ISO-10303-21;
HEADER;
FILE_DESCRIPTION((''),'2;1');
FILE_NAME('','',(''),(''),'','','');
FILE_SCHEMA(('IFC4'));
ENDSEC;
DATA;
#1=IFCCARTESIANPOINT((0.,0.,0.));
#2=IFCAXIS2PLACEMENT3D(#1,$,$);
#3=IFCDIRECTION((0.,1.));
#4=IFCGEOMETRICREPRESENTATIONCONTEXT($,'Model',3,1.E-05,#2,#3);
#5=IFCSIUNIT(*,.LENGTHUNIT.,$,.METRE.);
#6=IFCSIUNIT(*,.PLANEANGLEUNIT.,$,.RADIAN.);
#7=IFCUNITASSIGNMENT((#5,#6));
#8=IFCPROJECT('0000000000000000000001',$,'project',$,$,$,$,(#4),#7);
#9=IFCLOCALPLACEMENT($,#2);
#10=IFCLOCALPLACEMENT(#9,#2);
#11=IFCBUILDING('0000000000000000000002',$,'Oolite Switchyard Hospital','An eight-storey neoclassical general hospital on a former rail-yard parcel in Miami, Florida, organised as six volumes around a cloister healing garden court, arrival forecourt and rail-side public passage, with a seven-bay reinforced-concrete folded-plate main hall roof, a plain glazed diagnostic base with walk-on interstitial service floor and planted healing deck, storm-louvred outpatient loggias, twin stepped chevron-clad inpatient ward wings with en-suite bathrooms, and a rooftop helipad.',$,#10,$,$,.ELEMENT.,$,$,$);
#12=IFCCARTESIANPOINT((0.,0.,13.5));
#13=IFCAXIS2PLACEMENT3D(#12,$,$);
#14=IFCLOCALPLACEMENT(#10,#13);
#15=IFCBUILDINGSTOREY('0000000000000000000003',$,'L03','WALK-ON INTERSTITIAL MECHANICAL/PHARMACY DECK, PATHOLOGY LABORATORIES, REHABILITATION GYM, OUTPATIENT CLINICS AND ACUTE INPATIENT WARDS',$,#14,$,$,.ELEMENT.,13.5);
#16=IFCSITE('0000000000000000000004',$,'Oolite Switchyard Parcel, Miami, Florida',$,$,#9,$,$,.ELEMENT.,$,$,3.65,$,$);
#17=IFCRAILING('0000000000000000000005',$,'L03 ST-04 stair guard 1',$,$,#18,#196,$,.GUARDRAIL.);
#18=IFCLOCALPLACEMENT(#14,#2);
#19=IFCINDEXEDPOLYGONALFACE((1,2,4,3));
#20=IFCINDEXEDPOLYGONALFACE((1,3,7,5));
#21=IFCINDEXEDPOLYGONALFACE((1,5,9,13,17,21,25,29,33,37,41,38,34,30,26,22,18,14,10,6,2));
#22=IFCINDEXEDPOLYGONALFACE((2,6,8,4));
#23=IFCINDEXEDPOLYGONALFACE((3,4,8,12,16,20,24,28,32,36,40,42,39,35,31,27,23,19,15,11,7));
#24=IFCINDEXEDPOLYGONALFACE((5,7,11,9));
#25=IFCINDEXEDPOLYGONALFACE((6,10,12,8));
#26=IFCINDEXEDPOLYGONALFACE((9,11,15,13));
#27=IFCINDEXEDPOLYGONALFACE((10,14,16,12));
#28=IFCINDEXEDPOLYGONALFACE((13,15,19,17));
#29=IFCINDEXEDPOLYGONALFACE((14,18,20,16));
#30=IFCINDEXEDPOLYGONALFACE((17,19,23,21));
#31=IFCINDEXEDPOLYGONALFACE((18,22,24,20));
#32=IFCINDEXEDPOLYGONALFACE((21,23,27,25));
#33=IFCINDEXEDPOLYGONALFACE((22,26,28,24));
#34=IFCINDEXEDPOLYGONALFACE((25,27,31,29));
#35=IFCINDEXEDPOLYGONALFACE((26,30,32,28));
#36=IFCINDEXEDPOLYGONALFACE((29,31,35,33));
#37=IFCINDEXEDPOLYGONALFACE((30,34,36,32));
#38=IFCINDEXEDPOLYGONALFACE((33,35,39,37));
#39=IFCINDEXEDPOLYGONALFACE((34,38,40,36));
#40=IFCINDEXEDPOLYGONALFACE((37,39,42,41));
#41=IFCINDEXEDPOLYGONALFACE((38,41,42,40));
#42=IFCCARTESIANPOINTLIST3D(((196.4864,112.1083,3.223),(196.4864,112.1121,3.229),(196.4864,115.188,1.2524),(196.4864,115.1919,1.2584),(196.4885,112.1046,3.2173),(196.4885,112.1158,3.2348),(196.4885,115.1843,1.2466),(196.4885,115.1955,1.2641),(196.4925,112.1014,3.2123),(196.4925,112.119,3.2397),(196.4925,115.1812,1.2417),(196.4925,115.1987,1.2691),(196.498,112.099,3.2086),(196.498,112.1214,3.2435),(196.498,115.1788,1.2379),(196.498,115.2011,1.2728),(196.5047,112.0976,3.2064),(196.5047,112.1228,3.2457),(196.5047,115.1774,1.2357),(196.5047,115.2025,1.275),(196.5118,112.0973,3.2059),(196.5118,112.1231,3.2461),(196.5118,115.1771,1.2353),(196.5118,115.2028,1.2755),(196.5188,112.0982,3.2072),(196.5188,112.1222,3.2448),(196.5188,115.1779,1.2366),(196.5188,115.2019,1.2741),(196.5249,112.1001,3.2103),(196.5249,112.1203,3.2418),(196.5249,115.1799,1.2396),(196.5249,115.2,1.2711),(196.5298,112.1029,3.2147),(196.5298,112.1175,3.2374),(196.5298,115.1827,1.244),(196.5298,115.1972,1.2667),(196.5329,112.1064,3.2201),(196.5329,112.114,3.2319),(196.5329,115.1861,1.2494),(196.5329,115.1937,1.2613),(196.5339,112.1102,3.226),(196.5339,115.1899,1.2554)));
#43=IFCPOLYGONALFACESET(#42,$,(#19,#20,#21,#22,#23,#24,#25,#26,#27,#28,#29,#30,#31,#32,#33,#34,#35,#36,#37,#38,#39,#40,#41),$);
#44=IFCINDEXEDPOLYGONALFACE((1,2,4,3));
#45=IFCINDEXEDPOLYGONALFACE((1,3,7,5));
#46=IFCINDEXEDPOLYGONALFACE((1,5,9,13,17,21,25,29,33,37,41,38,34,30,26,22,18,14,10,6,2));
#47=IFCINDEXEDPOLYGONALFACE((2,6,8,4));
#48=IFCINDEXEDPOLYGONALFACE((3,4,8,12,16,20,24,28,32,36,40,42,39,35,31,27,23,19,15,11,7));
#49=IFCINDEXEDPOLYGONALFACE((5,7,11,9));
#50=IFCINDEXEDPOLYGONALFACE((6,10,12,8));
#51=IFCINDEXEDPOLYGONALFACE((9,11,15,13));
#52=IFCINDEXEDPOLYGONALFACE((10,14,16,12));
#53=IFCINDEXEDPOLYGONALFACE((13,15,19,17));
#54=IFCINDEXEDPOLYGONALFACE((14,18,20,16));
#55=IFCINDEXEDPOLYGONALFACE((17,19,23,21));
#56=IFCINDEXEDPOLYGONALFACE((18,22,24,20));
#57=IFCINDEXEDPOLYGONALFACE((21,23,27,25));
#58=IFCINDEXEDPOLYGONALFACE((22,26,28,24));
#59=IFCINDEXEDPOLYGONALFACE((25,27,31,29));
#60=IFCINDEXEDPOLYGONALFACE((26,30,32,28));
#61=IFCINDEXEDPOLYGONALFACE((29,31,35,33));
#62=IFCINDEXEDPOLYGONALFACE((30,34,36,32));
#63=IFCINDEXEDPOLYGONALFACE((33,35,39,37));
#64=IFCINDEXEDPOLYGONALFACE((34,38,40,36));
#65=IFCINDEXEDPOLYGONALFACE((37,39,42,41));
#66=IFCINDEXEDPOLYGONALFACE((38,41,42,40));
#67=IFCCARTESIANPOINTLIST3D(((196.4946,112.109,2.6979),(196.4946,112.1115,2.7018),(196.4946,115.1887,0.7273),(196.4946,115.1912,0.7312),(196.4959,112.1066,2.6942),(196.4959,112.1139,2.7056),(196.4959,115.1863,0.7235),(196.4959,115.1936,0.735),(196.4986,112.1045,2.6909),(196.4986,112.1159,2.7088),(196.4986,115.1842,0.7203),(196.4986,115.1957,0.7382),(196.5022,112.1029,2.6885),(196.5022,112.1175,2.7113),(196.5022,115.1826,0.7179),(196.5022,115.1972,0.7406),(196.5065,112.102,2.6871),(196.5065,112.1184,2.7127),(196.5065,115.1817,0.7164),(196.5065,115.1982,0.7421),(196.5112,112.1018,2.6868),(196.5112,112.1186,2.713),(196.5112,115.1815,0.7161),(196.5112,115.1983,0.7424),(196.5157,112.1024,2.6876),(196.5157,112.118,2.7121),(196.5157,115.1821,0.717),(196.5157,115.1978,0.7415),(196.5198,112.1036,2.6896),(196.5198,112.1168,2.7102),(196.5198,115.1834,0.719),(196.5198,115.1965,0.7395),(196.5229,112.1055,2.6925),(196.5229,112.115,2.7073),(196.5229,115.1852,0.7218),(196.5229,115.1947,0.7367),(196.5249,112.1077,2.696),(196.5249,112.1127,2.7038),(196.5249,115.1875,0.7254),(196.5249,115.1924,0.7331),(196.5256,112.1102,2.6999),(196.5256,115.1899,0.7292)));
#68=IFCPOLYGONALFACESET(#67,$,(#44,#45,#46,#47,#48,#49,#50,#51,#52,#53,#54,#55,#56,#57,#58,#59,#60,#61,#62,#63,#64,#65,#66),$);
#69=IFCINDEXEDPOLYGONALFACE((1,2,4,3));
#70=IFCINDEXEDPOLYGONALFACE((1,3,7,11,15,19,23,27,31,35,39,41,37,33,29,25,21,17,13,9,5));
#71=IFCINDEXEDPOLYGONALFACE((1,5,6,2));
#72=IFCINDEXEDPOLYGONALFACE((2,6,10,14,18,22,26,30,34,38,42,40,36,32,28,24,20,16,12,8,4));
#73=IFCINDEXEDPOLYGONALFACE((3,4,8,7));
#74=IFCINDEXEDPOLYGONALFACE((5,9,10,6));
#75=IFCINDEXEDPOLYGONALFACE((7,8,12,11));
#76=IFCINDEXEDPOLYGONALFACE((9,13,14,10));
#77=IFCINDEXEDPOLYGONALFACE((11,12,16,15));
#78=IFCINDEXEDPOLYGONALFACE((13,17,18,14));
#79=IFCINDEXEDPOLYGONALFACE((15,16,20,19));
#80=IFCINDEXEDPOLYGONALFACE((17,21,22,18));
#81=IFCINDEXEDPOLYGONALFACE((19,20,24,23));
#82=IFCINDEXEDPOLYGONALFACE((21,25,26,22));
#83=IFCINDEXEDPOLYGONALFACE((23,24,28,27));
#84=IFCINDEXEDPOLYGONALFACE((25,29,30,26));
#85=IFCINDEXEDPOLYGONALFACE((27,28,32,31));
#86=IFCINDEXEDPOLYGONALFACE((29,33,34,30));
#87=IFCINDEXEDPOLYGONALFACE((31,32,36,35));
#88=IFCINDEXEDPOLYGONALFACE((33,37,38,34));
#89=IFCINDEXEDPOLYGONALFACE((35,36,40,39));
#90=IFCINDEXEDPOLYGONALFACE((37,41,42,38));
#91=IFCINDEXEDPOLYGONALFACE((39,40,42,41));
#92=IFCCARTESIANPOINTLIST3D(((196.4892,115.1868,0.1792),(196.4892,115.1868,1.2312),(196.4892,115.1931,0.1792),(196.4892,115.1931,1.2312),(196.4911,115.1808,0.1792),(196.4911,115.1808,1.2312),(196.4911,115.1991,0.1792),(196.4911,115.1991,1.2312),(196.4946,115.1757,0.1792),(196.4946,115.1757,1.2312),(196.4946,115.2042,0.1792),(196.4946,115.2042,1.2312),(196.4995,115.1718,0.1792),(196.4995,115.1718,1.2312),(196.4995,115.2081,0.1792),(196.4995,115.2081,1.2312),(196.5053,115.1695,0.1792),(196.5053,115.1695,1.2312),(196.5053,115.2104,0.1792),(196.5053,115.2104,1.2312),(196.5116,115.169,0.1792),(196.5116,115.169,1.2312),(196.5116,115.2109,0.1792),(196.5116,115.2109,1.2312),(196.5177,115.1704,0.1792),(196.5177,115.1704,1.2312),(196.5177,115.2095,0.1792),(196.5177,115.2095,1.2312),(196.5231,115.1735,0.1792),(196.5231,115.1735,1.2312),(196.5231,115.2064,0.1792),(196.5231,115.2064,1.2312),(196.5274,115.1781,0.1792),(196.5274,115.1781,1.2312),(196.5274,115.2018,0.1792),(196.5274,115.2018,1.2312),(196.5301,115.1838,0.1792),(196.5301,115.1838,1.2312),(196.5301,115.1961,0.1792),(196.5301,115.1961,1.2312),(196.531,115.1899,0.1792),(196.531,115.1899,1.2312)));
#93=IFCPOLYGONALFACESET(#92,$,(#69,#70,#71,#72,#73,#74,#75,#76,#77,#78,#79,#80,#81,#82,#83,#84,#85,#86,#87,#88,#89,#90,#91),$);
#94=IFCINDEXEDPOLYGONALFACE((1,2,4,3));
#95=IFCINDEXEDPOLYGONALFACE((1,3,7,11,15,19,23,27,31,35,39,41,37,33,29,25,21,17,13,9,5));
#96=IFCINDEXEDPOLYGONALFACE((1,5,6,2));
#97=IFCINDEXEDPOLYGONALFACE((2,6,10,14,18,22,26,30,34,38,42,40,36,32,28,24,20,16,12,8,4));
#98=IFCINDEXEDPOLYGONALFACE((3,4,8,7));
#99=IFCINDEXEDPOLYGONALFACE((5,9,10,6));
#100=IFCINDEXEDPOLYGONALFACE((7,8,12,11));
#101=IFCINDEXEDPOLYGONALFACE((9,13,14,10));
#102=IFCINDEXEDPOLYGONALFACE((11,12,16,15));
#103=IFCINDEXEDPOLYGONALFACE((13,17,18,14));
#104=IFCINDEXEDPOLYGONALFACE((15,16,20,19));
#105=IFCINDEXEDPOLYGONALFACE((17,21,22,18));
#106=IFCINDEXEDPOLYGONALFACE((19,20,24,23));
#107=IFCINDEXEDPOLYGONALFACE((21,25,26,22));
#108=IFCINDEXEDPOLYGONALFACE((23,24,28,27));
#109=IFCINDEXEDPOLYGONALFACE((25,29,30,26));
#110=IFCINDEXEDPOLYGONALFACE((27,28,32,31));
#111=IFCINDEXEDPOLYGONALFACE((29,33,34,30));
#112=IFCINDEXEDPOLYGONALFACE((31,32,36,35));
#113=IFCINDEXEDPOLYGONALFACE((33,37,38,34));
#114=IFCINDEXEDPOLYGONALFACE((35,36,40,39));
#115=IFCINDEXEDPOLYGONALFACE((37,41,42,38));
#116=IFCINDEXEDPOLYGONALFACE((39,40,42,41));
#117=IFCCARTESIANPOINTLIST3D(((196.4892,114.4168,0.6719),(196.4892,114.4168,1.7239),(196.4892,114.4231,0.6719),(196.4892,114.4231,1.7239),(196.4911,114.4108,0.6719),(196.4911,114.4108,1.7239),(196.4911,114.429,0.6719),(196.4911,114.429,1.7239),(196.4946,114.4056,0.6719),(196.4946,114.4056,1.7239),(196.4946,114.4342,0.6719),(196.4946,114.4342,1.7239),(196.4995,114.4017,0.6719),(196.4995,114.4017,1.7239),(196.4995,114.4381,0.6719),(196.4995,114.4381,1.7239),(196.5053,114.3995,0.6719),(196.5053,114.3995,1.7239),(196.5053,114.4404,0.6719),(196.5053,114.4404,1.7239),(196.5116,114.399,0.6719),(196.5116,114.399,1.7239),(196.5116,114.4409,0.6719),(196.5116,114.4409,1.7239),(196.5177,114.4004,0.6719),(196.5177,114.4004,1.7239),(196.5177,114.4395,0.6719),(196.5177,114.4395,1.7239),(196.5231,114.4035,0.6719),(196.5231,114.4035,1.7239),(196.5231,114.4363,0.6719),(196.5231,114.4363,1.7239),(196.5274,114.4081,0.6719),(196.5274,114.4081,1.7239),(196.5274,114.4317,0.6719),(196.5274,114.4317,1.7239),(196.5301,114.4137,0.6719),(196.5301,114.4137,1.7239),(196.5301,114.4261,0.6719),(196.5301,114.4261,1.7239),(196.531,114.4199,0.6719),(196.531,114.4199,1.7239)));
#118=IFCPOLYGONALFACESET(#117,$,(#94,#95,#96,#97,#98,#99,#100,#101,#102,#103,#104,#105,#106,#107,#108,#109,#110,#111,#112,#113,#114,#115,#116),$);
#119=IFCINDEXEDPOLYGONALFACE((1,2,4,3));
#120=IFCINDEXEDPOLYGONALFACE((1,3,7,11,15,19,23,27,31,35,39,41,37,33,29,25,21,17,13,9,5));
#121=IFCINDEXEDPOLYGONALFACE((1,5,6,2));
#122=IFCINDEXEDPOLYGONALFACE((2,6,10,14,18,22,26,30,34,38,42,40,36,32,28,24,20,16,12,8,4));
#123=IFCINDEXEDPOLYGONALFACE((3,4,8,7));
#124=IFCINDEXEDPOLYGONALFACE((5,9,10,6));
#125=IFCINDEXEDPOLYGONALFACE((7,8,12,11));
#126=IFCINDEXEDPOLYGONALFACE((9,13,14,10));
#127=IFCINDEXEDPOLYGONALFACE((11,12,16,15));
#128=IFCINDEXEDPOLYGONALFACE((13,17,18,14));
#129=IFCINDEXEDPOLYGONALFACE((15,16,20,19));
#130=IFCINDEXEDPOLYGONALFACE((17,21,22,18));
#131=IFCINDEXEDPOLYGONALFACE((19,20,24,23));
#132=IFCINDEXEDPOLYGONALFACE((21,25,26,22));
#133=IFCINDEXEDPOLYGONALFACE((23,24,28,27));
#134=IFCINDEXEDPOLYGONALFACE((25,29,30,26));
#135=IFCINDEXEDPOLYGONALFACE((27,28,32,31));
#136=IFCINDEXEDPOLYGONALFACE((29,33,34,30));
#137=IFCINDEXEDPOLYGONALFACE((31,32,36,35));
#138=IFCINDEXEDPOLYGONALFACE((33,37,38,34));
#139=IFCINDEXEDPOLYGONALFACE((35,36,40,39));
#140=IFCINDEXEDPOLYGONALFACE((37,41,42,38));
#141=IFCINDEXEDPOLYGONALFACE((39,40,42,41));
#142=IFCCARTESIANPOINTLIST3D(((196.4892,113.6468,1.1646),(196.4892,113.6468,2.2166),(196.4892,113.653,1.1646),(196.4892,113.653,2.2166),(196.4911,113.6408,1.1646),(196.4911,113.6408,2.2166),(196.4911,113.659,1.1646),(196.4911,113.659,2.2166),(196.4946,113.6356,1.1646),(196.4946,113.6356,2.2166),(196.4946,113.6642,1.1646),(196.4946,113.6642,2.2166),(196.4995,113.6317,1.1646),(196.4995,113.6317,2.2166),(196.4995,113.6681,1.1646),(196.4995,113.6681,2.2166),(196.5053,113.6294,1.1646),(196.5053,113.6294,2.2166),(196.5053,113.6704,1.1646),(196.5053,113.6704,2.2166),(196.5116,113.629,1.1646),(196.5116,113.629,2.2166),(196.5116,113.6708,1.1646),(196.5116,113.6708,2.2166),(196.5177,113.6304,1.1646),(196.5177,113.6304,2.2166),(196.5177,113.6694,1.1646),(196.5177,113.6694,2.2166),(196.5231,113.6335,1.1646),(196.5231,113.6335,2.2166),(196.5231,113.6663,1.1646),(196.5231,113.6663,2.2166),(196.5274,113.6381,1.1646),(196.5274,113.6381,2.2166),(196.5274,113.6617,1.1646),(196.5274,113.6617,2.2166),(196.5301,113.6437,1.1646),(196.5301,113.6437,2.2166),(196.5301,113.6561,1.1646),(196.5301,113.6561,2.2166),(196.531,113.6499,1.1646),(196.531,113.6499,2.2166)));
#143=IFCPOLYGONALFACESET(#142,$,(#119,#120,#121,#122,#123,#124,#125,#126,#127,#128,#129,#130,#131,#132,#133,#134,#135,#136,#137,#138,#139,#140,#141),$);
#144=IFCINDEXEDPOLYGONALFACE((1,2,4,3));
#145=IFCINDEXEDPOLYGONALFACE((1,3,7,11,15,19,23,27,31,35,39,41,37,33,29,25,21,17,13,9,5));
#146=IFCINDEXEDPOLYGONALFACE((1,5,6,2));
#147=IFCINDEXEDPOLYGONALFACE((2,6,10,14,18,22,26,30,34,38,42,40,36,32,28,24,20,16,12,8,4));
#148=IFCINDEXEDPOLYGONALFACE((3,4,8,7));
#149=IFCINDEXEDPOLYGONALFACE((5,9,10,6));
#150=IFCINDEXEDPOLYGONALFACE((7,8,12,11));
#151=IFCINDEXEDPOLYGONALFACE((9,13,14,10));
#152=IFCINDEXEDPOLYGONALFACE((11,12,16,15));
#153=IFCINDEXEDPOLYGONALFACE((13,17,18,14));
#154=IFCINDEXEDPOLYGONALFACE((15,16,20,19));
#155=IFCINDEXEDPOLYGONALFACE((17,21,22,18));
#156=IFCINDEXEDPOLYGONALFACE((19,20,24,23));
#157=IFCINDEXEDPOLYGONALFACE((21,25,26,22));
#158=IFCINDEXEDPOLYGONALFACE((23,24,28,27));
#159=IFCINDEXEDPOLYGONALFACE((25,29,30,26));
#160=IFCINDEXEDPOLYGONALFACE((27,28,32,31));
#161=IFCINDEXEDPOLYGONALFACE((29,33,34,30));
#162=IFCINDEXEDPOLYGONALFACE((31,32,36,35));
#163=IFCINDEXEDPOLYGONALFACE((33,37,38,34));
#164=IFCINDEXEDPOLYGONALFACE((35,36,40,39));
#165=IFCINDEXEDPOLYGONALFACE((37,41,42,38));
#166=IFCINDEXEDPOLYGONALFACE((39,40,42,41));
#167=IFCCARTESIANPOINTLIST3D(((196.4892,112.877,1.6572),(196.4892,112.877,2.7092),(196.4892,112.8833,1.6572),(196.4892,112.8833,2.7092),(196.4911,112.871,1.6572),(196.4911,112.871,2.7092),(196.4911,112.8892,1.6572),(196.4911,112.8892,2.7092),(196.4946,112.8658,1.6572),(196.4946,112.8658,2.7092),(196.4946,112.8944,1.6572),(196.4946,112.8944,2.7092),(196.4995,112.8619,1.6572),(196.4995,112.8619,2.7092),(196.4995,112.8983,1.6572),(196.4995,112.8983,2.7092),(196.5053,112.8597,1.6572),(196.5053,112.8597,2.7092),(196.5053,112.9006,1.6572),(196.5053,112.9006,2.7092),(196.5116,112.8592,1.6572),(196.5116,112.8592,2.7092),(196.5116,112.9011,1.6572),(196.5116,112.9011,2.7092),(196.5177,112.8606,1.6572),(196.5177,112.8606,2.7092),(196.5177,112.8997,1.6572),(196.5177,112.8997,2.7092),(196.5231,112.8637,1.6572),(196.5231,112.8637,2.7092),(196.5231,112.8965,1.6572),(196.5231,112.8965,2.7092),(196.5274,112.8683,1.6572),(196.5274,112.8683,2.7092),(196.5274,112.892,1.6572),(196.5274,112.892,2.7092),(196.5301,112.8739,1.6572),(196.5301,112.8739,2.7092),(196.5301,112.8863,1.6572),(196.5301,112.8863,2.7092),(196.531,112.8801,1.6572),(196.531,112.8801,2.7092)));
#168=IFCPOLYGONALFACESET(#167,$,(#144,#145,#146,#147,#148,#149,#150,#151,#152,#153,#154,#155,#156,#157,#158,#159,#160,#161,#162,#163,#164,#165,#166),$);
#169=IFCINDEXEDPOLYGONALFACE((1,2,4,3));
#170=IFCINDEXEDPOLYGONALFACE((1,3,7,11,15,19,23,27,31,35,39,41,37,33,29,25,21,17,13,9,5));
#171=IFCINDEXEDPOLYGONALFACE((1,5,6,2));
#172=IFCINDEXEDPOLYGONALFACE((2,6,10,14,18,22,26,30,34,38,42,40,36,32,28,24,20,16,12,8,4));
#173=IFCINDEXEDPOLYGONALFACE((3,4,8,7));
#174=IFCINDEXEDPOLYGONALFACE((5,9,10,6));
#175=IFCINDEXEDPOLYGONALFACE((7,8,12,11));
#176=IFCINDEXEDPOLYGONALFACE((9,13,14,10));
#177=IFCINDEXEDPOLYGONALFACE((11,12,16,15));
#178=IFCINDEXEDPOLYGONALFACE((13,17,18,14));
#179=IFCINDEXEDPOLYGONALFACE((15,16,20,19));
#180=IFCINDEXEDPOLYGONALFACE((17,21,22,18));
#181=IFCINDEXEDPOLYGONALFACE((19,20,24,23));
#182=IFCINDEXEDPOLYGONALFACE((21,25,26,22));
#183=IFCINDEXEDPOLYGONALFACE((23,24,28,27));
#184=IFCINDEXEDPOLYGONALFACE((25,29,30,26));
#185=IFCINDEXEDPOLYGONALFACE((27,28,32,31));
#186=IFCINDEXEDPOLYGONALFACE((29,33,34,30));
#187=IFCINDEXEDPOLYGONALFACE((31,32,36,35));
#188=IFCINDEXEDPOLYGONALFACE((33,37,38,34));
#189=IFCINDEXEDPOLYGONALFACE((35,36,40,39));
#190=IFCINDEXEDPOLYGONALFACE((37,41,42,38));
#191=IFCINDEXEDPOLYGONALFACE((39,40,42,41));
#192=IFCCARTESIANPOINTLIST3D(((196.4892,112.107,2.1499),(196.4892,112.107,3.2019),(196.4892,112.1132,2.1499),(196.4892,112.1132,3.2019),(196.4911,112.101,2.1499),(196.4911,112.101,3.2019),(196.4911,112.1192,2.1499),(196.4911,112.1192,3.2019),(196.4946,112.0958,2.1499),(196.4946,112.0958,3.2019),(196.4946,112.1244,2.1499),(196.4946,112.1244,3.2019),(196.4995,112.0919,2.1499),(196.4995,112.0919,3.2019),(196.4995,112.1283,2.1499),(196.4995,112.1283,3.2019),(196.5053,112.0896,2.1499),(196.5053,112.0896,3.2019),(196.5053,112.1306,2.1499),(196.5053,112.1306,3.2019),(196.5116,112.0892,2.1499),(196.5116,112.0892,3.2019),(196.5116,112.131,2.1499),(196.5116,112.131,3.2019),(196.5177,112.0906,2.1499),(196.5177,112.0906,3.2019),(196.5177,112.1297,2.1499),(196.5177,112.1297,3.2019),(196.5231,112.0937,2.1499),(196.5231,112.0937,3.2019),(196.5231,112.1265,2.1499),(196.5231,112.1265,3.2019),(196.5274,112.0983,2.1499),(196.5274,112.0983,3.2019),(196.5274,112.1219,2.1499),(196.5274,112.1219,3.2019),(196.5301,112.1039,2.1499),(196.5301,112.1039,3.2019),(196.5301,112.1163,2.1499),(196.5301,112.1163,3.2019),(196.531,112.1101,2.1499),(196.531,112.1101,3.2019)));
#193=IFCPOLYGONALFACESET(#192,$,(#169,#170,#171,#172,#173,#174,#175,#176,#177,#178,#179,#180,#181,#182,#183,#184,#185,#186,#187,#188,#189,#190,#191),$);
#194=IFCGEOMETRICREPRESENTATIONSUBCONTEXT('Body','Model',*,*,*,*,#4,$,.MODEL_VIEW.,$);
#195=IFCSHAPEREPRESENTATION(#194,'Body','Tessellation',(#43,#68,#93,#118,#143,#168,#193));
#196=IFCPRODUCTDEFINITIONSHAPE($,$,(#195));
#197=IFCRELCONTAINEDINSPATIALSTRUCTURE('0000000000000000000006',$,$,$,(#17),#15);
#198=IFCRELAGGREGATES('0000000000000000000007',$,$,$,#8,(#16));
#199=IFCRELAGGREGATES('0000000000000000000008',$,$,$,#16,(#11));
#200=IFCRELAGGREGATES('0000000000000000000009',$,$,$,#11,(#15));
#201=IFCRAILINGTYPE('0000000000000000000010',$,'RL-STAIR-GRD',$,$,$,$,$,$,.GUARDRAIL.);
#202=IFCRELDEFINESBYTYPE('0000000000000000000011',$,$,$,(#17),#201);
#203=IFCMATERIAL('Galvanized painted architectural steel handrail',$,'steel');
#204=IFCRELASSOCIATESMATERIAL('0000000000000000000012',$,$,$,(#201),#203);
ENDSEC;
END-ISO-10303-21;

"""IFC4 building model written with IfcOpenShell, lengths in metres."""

from ifc_helpers import new_model, si_unit, direction, frame, origin, origin_2d, place, context, subcontext, project, spatial, circle, extrude, material, type_object, element, save


model = new_model("IFC4")

# Units and contexts
model_context = context("Model", 3, precision=1e-05, world=origin(), true_north=direction((0.0, 1.0)))
body_context = subcontext(model_context, "Body", "Model", "MODEL_VIEW")
ifc_project = project(units=[si_unit("LENGTHUNIT", "METRE"), si_unit("PLANEANGLEUNIT", "RADIAN")], contexts=[model_context])

# Site, building, storey
site_placement = place(None, origin())
site = spatial("IfcSite", under=ifc_project, at=site_placement, Name="Oolite Switchyard Parcel, Miami, Florida", CompositionType="ELEMENT", RefElevation=3.65)
building_placement = place(site_placement, origin())
building = spatial("IfcBuilding", under=site, at=building_placement, Name="Oolite Switchyard Hospital", Description="An eight-storey neoclassical general hospital on a former rail-yard parcel in Miami, Florida, organised as six volumes around a cloister healing garden court, arrival forecourt and rail-side public passage, with a seven-bay reinforced-concrete folded-plate main hall roof, a plain glazed diagnostic base with walk-on interstitial service floor and planted healing deck, storm-louvred outpatient loggias, twin stepped chevron-clad inpatient ward wings with en-suite bathrooms, and a rooftop helipad.", CompositionType="ELEMENT")
storey_placement = place(building_placement, frame((0.0, 0.0, 13.5)))
storey = spatial("IfcBuildingStorey", under=building, at=storey_placement, Name="L03", Description="WALK-ON INTERSTITIAL MECHANICAL/PHARMACY DECK, PATHOLOGY LABORATORIES, REHABILITATION GYM, OUTPATIENT CLINICS AND ACUTE INPATIENT WARDS", CompositionType="ELEMENT", Elevation=13.5)

# Railing
ifc_material_1 = material(Name="Galvanized painted architectural steel handrail", Category="steel")
railing_type_1 = type_object("IfcRailingType", Name="RL-STAIR-GRD", PredefinedType="GUARDRAIL", material=ifc_material_1)
railing_1_placement = place(storey_placement, frame((196.51, 115.1899, 0.1792)))
element("IfcRailing", 1, at=railing_1_placement, inside=storey, type_object=railing_type_1, Name="L03 ST-04 stair guard 1", PredefinedType="GUARDRAIL", context=body_context, shape_type="SweptSolid", body=[
    extrude(circle(Radius=0.0239, at=origin_2d()), frame((0.0, 0.0, 1.0762), z_axis=(0.0, -0.84232, 0.538978), x_axis=(1.0, 0.0, 0.0)), (0.0, 0.0, 1.0), 3.6562),
    extrude(circle(Radius=0.0156, at=origin_2d()), frame((0.0, 0.0, 0.55), z_axis=(0.0, -0.84232, 0.538978), x_axis=(1.0, 0.0, 0.0)), (0.0, 0.0, 1.0), 3.6562),
    extrude(circle(Radius=0.021, at=origin_2d()), origin(), (0.0, 0.0, 1.0), 1.052),
    extrude(circle(Radius=0.021, at=origin_2d()), frame((0.0, -0.77, 0.4927)), (0.0, 0.0, 1.0), 1.052),
    extrude(circle(Radius=0.021, at=origin_2d()), frame((0.0, -1.54, 0.9854)), (0.0, 0.0, 1.0), 1.052),
    extrude(circle(Radius=0.021, at=origin_2d()), frame((0.0, -2.3098, 1.478)), (0.0, 0.0, 1.0), 1.052),
    extrude(circle(Radius=0.021, at=origin_2d()), frame((0.0, -3.0798, 1.9707)), (0.0, 0.0, 1.0), 1.052),
])

save(model, "model.ifc")
